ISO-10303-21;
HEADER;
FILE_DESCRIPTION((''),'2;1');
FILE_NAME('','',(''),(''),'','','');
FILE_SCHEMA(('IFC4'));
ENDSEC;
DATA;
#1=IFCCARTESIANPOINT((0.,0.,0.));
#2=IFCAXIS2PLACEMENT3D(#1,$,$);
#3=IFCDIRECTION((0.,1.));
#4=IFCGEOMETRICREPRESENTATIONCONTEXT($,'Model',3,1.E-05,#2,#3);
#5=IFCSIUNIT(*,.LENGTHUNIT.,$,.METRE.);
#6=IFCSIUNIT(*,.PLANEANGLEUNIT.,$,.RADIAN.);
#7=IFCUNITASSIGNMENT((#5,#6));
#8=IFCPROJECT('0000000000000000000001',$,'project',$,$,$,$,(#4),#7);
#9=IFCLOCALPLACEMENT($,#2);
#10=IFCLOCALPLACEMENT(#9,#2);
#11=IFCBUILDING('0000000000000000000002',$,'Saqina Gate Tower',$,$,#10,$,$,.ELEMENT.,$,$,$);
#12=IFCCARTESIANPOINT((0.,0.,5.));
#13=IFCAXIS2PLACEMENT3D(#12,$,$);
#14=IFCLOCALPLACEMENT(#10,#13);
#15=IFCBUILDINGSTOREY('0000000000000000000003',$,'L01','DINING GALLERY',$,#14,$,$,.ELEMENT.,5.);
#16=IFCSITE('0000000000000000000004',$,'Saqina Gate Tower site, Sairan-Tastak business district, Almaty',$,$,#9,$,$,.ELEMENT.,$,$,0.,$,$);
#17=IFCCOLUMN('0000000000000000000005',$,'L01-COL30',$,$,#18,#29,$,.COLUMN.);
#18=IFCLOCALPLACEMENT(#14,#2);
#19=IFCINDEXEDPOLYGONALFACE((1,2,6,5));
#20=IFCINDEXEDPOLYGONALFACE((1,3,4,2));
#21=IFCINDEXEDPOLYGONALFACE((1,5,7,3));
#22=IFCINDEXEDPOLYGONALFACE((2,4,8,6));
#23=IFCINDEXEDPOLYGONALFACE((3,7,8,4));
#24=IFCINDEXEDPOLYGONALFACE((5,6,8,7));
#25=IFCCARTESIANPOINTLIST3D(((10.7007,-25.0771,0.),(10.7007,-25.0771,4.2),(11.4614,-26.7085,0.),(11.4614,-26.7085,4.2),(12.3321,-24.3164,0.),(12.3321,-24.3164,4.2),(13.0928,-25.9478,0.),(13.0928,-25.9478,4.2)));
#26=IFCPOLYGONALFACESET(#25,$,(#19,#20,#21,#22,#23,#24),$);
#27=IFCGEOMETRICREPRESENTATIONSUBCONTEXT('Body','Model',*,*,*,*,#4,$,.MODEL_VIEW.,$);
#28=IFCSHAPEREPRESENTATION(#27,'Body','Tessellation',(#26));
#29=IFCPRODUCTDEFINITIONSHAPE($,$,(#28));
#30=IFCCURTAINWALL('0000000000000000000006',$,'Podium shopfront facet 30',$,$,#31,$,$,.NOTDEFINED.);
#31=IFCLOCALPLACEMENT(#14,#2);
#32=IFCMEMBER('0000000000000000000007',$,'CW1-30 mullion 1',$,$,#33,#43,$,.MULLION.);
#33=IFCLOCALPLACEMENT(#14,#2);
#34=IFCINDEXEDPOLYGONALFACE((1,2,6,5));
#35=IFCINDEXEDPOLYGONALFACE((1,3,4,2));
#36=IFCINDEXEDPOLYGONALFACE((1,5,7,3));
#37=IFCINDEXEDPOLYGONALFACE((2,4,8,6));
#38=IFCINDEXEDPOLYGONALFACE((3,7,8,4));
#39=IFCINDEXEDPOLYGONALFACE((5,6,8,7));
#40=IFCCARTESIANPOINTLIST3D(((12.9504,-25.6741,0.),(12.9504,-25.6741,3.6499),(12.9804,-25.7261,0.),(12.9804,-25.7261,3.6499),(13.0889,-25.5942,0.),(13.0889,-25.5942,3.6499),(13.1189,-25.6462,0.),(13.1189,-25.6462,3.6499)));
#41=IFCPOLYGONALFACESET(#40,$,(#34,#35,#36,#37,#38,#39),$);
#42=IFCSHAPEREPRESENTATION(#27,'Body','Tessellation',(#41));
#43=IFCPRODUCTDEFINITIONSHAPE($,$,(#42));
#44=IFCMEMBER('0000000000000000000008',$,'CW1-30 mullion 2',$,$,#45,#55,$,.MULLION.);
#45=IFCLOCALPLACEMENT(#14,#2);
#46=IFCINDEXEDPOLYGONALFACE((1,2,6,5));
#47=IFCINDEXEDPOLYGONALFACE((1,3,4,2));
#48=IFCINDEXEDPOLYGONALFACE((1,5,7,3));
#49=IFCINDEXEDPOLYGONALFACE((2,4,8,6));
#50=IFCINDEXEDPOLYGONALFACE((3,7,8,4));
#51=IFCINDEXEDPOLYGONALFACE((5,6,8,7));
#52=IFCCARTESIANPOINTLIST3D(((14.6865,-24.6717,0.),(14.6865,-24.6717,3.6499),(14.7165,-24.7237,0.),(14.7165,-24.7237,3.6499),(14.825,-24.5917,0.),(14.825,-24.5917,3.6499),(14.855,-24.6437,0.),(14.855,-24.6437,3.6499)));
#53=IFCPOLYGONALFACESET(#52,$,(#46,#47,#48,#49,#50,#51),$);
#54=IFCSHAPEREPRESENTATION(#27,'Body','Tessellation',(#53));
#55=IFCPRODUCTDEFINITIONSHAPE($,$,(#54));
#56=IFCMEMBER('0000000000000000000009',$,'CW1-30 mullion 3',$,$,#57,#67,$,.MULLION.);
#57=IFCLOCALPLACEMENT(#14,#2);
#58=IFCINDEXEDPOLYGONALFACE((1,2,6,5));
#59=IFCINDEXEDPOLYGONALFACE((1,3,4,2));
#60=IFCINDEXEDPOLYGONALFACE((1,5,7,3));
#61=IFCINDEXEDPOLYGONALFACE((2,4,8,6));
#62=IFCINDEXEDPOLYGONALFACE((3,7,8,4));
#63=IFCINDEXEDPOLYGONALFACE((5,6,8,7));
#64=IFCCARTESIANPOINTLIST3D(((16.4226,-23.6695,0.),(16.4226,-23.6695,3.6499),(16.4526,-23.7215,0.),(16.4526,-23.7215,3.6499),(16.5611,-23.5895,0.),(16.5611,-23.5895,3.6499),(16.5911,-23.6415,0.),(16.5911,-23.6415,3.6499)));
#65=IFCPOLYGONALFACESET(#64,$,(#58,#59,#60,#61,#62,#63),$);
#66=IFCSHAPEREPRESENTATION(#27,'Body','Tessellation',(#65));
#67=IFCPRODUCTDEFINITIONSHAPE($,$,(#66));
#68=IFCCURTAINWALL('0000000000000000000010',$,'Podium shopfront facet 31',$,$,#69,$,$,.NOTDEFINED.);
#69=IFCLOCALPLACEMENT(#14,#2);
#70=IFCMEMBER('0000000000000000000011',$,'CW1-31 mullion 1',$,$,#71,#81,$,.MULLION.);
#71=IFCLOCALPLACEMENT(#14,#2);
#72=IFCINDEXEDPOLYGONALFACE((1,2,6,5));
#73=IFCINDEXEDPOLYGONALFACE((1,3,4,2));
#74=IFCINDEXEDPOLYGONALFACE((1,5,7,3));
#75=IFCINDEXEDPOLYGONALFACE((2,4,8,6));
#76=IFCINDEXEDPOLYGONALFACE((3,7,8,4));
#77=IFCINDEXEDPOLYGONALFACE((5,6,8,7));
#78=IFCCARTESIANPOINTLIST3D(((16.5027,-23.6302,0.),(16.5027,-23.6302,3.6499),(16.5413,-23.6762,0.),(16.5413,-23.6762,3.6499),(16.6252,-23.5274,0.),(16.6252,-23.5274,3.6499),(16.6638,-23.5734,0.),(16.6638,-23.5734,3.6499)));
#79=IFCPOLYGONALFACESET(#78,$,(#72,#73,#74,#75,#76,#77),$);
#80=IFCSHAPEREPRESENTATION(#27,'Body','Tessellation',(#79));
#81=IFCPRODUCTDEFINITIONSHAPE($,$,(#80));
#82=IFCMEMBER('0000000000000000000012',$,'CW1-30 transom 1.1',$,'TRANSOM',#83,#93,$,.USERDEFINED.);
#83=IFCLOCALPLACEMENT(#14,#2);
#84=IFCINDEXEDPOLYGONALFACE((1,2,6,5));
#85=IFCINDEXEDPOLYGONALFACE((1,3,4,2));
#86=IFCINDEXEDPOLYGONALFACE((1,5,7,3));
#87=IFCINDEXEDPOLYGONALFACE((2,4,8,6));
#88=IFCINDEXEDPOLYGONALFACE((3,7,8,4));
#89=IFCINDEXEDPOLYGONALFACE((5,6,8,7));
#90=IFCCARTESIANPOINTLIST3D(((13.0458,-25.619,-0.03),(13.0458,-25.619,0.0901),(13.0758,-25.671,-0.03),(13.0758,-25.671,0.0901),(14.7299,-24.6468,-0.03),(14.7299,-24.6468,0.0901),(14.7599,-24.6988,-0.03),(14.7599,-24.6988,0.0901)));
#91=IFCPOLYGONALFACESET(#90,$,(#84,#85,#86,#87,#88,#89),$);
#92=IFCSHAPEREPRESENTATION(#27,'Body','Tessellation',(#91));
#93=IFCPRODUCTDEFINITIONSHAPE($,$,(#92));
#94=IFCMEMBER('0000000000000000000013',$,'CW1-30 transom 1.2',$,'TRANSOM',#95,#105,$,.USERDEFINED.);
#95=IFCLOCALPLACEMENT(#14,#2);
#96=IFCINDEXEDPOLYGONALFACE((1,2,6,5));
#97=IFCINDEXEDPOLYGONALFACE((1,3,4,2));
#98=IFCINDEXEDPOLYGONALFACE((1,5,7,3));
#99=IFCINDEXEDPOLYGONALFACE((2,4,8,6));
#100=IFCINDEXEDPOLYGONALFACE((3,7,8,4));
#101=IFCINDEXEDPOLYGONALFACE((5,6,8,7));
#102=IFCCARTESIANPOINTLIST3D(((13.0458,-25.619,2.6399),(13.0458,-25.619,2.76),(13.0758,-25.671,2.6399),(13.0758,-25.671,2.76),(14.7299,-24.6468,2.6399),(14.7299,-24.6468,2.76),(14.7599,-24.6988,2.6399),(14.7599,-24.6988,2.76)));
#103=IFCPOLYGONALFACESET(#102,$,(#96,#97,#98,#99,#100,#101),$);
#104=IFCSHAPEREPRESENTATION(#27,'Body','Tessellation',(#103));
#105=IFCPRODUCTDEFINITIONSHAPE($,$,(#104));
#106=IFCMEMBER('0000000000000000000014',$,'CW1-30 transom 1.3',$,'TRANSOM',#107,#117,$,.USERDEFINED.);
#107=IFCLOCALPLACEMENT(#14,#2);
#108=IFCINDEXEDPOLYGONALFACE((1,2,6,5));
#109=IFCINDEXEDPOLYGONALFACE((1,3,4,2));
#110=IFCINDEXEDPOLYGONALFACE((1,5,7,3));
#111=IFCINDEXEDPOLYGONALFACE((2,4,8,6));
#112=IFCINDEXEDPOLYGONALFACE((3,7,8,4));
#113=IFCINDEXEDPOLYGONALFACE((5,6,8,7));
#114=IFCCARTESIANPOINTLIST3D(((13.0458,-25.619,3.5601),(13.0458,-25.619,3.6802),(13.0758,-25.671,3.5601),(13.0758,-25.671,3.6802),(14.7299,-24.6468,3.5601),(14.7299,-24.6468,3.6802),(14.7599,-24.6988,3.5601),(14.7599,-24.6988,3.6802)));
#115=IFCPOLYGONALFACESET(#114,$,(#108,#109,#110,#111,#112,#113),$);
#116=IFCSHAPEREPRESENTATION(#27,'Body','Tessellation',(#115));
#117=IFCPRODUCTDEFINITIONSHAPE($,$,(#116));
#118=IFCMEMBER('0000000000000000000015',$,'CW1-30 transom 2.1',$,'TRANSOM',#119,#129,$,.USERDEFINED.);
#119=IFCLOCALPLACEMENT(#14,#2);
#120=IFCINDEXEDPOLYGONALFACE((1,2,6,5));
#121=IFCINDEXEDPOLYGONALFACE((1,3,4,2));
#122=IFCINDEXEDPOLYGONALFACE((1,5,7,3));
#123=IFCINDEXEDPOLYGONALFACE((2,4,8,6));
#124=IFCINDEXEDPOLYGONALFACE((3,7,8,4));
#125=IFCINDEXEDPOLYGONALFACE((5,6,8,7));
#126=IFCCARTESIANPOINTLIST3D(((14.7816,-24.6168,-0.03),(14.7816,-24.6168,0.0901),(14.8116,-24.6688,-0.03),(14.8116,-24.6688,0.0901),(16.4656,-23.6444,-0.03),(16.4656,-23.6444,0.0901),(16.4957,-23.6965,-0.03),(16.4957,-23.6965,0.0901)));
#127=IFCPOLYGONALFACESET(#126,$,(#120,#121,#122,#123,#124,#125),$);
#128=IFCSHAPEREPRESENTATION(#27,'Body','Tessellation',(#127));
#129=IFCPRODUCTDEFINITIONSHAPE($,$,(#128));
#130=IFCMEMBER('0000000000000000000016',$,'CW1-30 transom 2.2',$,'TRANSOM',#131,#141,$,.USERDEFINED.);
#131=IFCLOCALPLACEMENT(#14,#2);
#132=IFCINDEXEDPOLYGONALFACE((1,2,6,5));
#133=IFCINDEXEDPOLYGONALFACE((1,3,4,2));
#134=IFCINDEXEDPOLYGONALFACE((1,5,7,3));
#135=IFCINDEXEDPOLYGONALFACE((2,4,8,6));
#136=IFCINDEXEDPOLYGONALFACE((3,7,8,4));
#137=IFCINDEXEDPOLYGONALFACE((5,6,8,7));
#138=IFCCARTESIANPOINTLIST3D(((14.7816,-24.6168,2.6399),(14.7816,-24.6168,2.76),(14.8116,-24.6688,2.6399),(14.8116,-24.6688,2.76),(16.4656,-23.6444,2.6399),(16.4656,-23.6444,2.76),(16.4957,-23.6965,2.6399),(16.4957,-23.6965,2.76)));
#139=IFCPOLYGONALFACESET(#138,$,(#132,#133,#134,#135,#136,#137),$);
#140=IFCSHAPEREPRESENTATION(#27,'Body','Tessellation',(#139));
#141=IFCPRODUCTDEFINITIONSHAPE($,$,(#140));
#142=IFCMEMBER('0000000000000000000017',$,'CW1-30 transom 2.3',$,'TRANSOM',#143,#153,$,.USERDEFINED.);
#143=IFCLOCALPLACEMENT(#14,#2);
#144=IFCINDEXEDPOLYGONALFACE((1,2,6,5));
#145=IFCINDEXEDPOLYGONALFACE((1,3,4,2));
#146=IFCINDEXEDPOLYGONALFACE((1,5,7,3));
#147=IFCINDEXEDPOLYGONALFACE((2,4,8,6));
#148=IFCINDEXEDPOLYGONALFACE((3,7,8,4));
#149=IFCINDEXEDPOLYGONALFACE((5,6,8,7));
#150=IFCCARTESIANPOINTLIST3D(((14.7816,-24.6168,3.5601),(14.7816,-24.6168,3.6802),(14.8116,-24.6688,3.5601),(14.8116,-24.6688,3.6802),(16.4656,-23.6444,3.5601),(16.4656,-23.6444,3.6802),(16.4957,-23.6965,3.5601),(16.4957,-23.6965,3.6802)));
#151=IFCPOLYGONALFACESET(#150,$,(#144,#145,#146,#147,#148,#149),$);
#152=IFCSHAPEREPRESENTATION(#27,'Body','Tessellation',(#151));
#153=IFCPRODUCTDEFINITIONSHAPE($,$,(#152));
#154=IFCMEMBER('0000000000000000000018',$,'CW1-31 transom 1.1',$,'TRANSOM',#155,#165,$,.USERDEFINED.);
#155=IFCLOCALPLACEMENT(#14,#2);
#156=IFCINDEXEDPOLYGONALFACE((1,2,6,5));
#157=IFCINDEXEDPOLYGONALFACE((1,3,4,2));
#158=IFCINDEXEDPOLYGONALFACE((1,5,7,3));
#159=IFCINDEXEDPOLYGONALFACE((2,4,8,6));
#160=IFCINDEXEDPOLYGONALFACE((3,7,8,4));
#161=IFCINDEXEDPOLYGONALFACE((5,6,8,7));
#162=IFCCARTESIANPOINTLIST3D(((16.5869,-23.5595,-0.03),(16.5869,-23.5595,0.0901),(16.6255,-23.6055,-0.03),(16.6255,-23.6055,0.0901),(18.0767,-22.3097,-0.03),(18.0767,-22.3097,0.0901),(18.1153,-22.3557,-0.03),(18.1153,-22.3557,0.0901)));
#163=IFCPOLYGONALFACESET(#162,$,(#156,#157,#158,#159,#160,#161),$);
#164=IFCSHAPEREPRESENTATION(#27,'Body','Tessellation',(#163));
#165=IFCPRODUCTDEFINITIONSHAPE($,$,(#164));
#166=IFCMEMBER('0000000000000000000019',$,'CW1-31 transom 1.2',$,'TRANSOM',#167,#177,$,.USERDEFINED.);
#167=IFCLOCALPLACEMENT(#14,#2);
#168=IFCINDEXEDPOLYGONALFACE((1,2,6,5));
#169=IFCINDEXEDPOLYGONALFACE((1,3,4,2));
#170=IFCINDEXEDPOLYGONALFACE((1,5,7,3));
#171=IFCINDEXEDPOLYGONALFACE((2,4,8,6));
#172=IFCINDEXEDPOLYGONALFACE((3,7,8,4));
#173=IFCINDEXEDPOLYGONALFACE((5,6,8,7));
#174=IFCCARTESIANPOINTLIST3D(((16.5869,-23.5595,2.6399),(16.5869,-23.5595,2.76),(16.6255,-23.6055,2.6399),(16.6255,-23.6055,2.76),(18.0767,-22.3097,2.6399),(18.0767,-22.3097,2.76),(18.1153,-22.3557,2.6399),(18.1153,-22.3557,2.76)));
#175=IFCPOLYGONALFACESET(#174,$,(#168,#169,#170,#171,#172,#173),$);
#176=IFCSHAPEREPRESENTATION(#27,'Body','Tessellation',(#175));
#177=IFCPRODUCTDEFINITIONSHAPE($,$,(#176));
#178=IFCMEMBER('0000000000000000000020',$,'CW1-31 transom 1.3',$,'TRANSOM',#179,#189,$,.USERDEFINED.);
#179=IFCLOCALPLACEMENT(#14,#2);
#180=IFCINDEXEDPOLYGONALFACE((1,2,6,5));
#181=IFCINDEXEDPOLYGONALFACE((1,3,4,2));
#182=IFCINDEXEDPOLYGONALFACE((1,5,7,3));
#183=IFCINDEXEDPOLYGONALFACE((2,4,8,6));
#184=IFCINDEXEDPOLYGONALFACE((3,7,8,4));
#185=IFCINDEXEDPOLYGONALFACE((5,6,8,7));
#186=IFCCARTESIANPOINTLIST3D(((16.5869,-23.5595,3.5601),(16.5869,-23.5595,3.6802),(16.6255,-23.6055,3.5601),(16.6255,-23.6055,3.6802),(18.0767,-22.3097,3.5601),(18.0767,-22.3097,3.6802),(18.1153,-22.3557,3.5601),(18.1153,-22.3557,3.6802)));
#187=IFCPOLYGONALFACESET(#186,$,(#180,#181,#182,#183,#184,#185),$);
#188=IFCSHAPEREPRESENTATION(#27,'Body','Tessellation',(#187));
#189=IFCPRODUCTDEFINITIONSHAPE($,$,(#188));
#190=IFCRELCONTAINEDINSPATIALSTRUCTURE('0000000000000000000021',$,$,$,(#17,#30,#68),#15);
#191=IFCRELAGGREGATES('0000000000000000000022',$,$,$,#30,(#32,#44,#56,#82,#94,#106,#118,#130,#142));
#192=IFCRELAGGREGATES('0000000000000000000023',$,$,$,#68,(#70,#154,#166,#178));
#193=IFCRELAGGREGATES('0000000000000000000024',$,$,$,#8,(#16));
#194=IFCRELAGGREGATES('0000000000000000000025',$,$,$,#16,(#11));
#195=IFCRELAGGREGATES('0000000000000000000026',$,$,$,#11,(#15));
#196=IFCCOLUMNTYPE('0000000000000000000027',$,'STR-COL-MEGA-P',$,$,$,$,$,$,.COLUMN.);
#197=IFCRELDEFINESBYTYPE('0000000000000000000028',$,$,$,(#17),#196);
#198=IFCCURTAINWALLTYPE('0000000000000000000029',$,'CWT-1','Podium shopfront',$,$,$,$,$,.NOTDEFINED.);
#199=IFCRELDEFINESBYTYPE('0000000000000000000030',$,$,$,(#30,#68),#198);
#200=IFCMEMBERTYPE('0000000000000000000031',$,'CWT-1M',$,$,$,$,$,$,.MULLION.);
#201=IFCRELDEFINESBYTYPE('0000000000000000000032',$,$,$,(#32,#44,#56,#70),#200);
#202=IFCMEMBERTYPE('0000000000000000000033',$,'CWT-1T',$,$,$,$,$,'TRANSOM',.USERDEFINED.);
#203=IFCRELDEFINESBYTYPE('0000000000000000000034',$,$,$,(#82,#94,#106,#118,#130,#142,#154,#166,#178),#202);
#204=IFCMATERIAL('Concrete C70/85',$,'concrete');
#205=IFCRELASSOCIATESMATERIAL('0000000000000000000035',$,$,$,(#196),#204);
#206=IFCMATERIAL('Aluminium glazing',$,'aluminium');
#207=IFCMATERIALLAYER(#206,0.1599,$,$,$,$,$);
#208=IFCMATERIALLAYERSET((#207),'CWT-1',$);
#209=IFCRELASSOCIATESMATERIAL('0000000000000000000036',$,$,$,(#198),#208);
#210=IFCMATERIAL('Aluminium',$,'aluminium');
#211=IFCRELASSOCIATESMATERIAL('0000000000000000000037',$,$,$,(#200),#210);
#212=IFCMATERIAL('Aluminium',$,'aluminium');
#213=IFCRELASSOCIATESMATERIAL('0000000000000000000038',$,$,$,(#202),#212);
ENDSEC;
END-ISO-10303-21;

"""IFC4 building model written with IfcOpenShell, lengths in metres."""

from ifc_helpers import new_model, si_unit, direction, frame, origin, origin_2d, place, context, subcontext, project, spatial, rectangle, extrude, material, layer, layer_set, material_profile, profile_set, type_object, element, aggregate, save


model = new_model("IFC4")

# Units and contexts
model_context = context("Model", 3, precision=1e-05, world=origin(), true_north=direction((0.0, 1.0)))
body_context = subcontext(model_context, "Body", "Model", "MODEL_VIEW")
ifc_project = project(units=[si_unit("LENGTHUNIT", "METRE"), si_unit("PLANEANGLEUNIT", "RADIAN")], contexts=[model_context])

# Site, building, storey
site_placement = place(None, origin())
site = spatial("IfcSite", under=ifc_project, at=site_placement, Name="Saqina Gate Tower site, Sairan-Tastak business district, Almaty", CompositionType="ELEMENT", RefElevation=0.0)
building_placement = place(site_placement, origin())
building = spatial("IfcBuilding", under=site, at=building_placement, Name="Saqina Gate Tower", CompositionType="ELEMENT")
storey_placement = place(building_placement, frame((0.0, 0.0, 5.0)))
storey = spatial("IfcBuildingStorey", under=building, at=storey_placement, Name="L01", Description="DINING GALLERY", CompositionType="ELEMENT", Elevation=5.0)

# Column
ifc_material_1 = material(Name="Concrete C70/85", Category="concrete")
ifc_material_profile_1 = material_profile(ifc_material_1, rectangle(XDim=1.8, YDim=1.8, at=origin_2d()), Name="RC 1800x1800")
ifc_profile_set_1 = profile_set([ifc_material_profile_1], Name="Concrete C70/85")
column_type = type_object("IfcColumnType", Name="STR-COL-MEGA-P", PredefinedType="COLUMN", material=ifc_profile_set_1)
column_placement = place(storey_placement, frame((11.8967, -25.5125, 0.0), z_axis=(0.0, 0.0, 1.0), x_axis=(0.422618, -0.906308, 0.0)))
element("IfcColumn", 1, at=column_placement, inside=storey, type_object=column_type, Name="L01-COL30", PredefinedType="COLUMN", context=body_context, shape_type="SweptSolid", body=[
    extrude(rectangle(XDim=1.8, YDim=1.8, at=origin_2d()), origin(), (0.0, 0.0, 1.0), 4.2),
])

# Curtain wall, members
ifc_material_2 = material(Name="Aluminium glazing", Category="aluminium")
ifc_layer_1 = layer(ifc_material_2, 0.1599)
ifc_layer_set_1 = layer_set([ifc_layer_1], Name="CWT-1")
curtain_wall_type = type_object("IfcCurtainWallType", Name="CWT-1", Description="Podium shopfront", PredefinedType="NOTDEFINED", material=ifc_layer_set_1)
curtain_wall_1_placement = place(storey_placement, origin())
curtain_wall_1 = element("IfcCurtainWall", 2, at=curtain_wall_1_placement, inside=storey, type_object=curtain_wall_type, Name="Podium shopfront facet 30", PredefinedType="NOTDEFINED")
ifc_material_3 = material(Name="Aluminium", Category="aluminium")
ifc_material_profile_2 = material_profile(ifc_material_3, rectangle(XDim=0.0601, YDim=0.1599, at=origin_2d()), Name="Aluminium 60x160")
ifc_profile_set_2 = profile_set([ifc_material_profile_2], Name="Aluminium")
member_type_1 = type_object("IfcMemberType", Name="CWT-1M", PredefinedType="MULLION", material=ifc_profile_set_2)
member_1_placement = place(storey_placement, frame((13.0347, -25.6602, 0.0), z_axis=(0.0, 0.0, 1.0), x_axis=(-0.500014, 0.866017, 0.0)))
member_1 = element("IfcMember", 3, at=member_1_placement, type_object=member_type_1, Name="CW1-30 mullion 1", PredefinedType="MULLION", context=body_context, shape_type="SweptSolid", body=[
    extrude(rectangle(XDim=0.0601, YDim=0.1599, at=origin_2d()), origin(), (0.0, 0.0, 1.0), 3.6499),
])
member_2_placement = place(storey_placement, frame((14.7708, -24.6577, 0.0), z_axis=(0.0, 0.0, 1.0), x_axis=(-0.500014, 0.866017, 0.0)))
member_2 = element("IfcMember", 4, at=member_2_placement, type_object=member_type_1, Name="CW1-30 mullion 2", PredefinedType="MULLION", context=body_context, shape_type="SweptSolid", body=[
    extrude(rectangle(XDim=0.0601, YDim=0.1599, at=origin_2d()), origin(), (0.0, 0.0, 1.0), 3.6499),
])
member_3_placement = place(storey_placement, frame((16.5068, -23.6555, 0.0), z_axis=(0.0, 0.0, 1.0), x_axis=(-0.500014, 0.866017, 0.0)))
member_3 = element("IfcMember", 5, at=member_3_placement, type_object=member_type_1, Name="CW1-30 mullion 3", PredefinedType="MULLION", context=body_context, shape_type="SweptSolid", body=[
    extrude(rectangle(XDim=0.0601, YDim=0.1599, at=origin_2d()), origin(), (0.0, 0.0, 1.0), 3.6499),
])

# Curtain wall, member
curtain_wall_2_placement = place(storey_placement, origin())
curtain_wall_2 = element("IfcCurtainWall", 6, at=curtain_wall_2_placement, inside=storey, type_object=curtain_wall_type, Name="Podium shopfront facet 31", PredefinedType="NOTDEFINED")
member_4_placement = place(storey_placement, frame((16.5833, -23.6018, 0.0), z_axis=(0.0, 0.0, 1.0), x_axis=(-0.642779, 0.766051, 0.0)))
member_4 = element("IfcMember", 7, at=member_4_placement, type_object=member_type_1, Name="CW1-31 mullion 1", PredefinedType="MULLION", context=body_context, shape_type="SweptSolid", body=[
    extrude(rectangle(XDim=0.0601, YDim=0.1599, at=origin_2d()), origin(), (0.0, 0.0, 1.0), 3.6499),
])

# Members
ifc_material_4 = material(Name="Aluminium", Category="aluminium")
ifc_material_profile_3 = material_profile(ifc_material_4, rectangle(XDim=0.0601, YDim=0.1201, at=origin_2d()), Name="Aluminium 60x120")
ifc_profile_set_3 = profile_set([ifc_material_profile_3], Name="Aluminium")
member_type_2 = type_object("IfcMemberType", Name="CWT-1T", ElementType="TRANSOM", PredefinedType="USERDEFINED", material=ifc_profile_set_3)
member_5_placement = place(storey_placement, frame((13.0608, -25.645, 0.03), z_axis=(0.866056, 0.499947, 0.0), x_axis=(-0.499947, 0.866056, 0.0)))
member_5 = element("IfcMember", 8, at=member_5_placement, type_object=member_type_2, Name="CW1-30 transom 1.1", ObjectType="TRANSOM", PredefinedType="USERDEFINED", context=body_context, shape_type="SweptSolid", body=[
    extrude(rectangle(XDim=0.0601, YDim=0.1201, at=origin_2d()), origin(), (0.0, 0.0, 1.0), 1.9446),
])
member_6_placement = place(storey_placement, frame((13.0608, -25.645, 2.7), z_axis=(0.866056, 0.499947, 0.0), x_axis=(-0.499947, 0.866056, 0.0)))
member_6 = element("IfcMember", 9, at=member_6_placement, type_object=member_type_2, Name="CW1-30 transom 1.2", ObjectType="TRANSOM", PredefinedType="USERDEFINED", context=body_context, shape_type="SweptSolid", body=[
    extrude(rectangle(XDim=0.0601, YDim=0.1201, at=origin_2d()), origin(), (0.0, 0.0, 1.0), 1.9446),
])
member_7_placement = place(storey_placement, frame((13.0608, -25.645, 3.6201), z_axis=(0.866056, 0.499947, 0.0), x_axis=(-0.499947, 0.866056, 0.0)))
member_7 = element("IfcMember", 10, at=member_7_placement, type_object=member_type_2, Name="CW1-30 transom 1.3", ObjectType="TRANSOM", PredefinedType="USERDEFINED", context=body_context, shape_type="SweptSolid", body=[
    extrude(rectangle(XDim=0.0601, YDim=0.1201, at=origin_2d()), origin(), (0.0, 0.0, 1.0), 1.9446),
])
member_8_placement = place(storey_placement, frame((14.7966, -24.6428, 0.03), z_axis=(0.866002, 0.500041, 0.0), x_axis=(-0.500041, 0.866002, 0.0)))
member_8 = element("IfcMember", 11, at=member_8_placement, type_object=member_type_2, Name="CW1-30 transom 2.1", ObjectType="TRANSOM", PredefinedType="USERDEFINED", context=body_context, shape_type="SweptSolid", body=[
    extrude(rectangle(XDim=0.0601, YDim=0.1201, at=origin_2d()), origin(), (0.0, 0.0, 1.0), 1.9446),
])
member_9_placement = place(storey_placement, frame((14.7966, -24.6428, 2.7), z_axis=(0.866002, 0.500041, 0.0), x_axis=(-0.500041, 0.866002, 0.0)))
member_9 = element("IfcMember", 12, at=member_9_placement, type_object=member_type_2, Name="CW1-30 transom 2.2", ObjectType="TRANSOM", PredefinedType="USERDEFINED", context=body_context, shape_type="SweptSolid", body=[
    extrude(rectangle(XDim=0.0601, YDim=0.1201, at=origin_2d()), origin(), (0.0, 0.0, 1.0), 1.9446),
])
member_10_placement = place(storey_placement, frame((14.7966, -24.6428, 3.6201), z_axis=(0.866002, 0.500041, 0.0), x_axis=(-0.500041, 0.866002, 0.0)))
member_10 = element("IfcMember", 13, at=member_10_placement, type_object=member_type_2, Name="CW1-30 transom 2.3", ObjectType="TRANSOM", PredefinedType="USERDEFINED", context=body_context, shape_type="SweptSolid", body=[
    extrude(rectangle(XDim=0.0601, YDim=0.1201, at=origin_2d()), origin(), (0.0, 0.0, 1.0), 1.9446),
])
member_11_placement = place(storey_placement, frame((16.6062, -23.5825, 0.03), z_axis=(0.766118, 0.6427, 0.0), x_axis=(-0.6427, 0.766118, 0.0)))
member_11 = element("IfcMember", 14, at=member_11_placement, type_object=member_type_2, Name="CW1-31 transom 1.1", ObjectType="TRANSOM", PredefinedType="USERDEFINED", context=body_context, shape_type="SweptSolid", body=[
    extrude(rectangle(XDim=0.0601, YDim=0.1201, at=origin_2d()), origin(), (0.0, 0.0, 1.0), 1.9446),
])
member_12_placement = place(storey_placement, frame((16.6062, -23.5825, 2.7), z_axis=(0.766118, 0.6427, 0.0), x_axis=(-0.6427, 0.766118, 0.0)))
member_12 = element("IfcMember", 15, at=member_12_placement, type_object=member_type_2, Name="CW1-31 transom 1.2", ObjectType="TRANSOM", PredefinedType="USERDEFINED", context=body_context, shape_type="SweptSolid", body=[
    extrude(rectangle(XDim=0.0601, YDim=0.1201, at=origin_2d()), origin(), (0.0, 0.0, 1.0), 1.9446),
])
member_13_placement = place(storey_placement, frame((16.6062, -23.5825, 3.6201), z_axis=(0.766118, 0.6427, 0.0), x_axis=(-0.6427, 0.766118, 0.0)))
member_13 = element("IfcMember", 16, at=member_13_placement, type_object=member_type_2, Name="CW1-31 transom 1.3", ObjectType="TRANSOM", PredefinedType="USERDEFINED", context=body_context, shape_type="SweptSolid", body=[
    extrude(rectangle(XDim=0.0601, YDim=0.1201, at=origin_2d()), origin(), (0.0, 0.0, 1.0), 1.9446),
])

aggregate(curtain_wall_1, [member_1, member_2, member_3, member_5, member_6, member_7, member_8, member_9, member_10])
aggregate(curtain_wall_2, [member_4, member_11, member_12, member_13])

save(model, "model.ifc")
